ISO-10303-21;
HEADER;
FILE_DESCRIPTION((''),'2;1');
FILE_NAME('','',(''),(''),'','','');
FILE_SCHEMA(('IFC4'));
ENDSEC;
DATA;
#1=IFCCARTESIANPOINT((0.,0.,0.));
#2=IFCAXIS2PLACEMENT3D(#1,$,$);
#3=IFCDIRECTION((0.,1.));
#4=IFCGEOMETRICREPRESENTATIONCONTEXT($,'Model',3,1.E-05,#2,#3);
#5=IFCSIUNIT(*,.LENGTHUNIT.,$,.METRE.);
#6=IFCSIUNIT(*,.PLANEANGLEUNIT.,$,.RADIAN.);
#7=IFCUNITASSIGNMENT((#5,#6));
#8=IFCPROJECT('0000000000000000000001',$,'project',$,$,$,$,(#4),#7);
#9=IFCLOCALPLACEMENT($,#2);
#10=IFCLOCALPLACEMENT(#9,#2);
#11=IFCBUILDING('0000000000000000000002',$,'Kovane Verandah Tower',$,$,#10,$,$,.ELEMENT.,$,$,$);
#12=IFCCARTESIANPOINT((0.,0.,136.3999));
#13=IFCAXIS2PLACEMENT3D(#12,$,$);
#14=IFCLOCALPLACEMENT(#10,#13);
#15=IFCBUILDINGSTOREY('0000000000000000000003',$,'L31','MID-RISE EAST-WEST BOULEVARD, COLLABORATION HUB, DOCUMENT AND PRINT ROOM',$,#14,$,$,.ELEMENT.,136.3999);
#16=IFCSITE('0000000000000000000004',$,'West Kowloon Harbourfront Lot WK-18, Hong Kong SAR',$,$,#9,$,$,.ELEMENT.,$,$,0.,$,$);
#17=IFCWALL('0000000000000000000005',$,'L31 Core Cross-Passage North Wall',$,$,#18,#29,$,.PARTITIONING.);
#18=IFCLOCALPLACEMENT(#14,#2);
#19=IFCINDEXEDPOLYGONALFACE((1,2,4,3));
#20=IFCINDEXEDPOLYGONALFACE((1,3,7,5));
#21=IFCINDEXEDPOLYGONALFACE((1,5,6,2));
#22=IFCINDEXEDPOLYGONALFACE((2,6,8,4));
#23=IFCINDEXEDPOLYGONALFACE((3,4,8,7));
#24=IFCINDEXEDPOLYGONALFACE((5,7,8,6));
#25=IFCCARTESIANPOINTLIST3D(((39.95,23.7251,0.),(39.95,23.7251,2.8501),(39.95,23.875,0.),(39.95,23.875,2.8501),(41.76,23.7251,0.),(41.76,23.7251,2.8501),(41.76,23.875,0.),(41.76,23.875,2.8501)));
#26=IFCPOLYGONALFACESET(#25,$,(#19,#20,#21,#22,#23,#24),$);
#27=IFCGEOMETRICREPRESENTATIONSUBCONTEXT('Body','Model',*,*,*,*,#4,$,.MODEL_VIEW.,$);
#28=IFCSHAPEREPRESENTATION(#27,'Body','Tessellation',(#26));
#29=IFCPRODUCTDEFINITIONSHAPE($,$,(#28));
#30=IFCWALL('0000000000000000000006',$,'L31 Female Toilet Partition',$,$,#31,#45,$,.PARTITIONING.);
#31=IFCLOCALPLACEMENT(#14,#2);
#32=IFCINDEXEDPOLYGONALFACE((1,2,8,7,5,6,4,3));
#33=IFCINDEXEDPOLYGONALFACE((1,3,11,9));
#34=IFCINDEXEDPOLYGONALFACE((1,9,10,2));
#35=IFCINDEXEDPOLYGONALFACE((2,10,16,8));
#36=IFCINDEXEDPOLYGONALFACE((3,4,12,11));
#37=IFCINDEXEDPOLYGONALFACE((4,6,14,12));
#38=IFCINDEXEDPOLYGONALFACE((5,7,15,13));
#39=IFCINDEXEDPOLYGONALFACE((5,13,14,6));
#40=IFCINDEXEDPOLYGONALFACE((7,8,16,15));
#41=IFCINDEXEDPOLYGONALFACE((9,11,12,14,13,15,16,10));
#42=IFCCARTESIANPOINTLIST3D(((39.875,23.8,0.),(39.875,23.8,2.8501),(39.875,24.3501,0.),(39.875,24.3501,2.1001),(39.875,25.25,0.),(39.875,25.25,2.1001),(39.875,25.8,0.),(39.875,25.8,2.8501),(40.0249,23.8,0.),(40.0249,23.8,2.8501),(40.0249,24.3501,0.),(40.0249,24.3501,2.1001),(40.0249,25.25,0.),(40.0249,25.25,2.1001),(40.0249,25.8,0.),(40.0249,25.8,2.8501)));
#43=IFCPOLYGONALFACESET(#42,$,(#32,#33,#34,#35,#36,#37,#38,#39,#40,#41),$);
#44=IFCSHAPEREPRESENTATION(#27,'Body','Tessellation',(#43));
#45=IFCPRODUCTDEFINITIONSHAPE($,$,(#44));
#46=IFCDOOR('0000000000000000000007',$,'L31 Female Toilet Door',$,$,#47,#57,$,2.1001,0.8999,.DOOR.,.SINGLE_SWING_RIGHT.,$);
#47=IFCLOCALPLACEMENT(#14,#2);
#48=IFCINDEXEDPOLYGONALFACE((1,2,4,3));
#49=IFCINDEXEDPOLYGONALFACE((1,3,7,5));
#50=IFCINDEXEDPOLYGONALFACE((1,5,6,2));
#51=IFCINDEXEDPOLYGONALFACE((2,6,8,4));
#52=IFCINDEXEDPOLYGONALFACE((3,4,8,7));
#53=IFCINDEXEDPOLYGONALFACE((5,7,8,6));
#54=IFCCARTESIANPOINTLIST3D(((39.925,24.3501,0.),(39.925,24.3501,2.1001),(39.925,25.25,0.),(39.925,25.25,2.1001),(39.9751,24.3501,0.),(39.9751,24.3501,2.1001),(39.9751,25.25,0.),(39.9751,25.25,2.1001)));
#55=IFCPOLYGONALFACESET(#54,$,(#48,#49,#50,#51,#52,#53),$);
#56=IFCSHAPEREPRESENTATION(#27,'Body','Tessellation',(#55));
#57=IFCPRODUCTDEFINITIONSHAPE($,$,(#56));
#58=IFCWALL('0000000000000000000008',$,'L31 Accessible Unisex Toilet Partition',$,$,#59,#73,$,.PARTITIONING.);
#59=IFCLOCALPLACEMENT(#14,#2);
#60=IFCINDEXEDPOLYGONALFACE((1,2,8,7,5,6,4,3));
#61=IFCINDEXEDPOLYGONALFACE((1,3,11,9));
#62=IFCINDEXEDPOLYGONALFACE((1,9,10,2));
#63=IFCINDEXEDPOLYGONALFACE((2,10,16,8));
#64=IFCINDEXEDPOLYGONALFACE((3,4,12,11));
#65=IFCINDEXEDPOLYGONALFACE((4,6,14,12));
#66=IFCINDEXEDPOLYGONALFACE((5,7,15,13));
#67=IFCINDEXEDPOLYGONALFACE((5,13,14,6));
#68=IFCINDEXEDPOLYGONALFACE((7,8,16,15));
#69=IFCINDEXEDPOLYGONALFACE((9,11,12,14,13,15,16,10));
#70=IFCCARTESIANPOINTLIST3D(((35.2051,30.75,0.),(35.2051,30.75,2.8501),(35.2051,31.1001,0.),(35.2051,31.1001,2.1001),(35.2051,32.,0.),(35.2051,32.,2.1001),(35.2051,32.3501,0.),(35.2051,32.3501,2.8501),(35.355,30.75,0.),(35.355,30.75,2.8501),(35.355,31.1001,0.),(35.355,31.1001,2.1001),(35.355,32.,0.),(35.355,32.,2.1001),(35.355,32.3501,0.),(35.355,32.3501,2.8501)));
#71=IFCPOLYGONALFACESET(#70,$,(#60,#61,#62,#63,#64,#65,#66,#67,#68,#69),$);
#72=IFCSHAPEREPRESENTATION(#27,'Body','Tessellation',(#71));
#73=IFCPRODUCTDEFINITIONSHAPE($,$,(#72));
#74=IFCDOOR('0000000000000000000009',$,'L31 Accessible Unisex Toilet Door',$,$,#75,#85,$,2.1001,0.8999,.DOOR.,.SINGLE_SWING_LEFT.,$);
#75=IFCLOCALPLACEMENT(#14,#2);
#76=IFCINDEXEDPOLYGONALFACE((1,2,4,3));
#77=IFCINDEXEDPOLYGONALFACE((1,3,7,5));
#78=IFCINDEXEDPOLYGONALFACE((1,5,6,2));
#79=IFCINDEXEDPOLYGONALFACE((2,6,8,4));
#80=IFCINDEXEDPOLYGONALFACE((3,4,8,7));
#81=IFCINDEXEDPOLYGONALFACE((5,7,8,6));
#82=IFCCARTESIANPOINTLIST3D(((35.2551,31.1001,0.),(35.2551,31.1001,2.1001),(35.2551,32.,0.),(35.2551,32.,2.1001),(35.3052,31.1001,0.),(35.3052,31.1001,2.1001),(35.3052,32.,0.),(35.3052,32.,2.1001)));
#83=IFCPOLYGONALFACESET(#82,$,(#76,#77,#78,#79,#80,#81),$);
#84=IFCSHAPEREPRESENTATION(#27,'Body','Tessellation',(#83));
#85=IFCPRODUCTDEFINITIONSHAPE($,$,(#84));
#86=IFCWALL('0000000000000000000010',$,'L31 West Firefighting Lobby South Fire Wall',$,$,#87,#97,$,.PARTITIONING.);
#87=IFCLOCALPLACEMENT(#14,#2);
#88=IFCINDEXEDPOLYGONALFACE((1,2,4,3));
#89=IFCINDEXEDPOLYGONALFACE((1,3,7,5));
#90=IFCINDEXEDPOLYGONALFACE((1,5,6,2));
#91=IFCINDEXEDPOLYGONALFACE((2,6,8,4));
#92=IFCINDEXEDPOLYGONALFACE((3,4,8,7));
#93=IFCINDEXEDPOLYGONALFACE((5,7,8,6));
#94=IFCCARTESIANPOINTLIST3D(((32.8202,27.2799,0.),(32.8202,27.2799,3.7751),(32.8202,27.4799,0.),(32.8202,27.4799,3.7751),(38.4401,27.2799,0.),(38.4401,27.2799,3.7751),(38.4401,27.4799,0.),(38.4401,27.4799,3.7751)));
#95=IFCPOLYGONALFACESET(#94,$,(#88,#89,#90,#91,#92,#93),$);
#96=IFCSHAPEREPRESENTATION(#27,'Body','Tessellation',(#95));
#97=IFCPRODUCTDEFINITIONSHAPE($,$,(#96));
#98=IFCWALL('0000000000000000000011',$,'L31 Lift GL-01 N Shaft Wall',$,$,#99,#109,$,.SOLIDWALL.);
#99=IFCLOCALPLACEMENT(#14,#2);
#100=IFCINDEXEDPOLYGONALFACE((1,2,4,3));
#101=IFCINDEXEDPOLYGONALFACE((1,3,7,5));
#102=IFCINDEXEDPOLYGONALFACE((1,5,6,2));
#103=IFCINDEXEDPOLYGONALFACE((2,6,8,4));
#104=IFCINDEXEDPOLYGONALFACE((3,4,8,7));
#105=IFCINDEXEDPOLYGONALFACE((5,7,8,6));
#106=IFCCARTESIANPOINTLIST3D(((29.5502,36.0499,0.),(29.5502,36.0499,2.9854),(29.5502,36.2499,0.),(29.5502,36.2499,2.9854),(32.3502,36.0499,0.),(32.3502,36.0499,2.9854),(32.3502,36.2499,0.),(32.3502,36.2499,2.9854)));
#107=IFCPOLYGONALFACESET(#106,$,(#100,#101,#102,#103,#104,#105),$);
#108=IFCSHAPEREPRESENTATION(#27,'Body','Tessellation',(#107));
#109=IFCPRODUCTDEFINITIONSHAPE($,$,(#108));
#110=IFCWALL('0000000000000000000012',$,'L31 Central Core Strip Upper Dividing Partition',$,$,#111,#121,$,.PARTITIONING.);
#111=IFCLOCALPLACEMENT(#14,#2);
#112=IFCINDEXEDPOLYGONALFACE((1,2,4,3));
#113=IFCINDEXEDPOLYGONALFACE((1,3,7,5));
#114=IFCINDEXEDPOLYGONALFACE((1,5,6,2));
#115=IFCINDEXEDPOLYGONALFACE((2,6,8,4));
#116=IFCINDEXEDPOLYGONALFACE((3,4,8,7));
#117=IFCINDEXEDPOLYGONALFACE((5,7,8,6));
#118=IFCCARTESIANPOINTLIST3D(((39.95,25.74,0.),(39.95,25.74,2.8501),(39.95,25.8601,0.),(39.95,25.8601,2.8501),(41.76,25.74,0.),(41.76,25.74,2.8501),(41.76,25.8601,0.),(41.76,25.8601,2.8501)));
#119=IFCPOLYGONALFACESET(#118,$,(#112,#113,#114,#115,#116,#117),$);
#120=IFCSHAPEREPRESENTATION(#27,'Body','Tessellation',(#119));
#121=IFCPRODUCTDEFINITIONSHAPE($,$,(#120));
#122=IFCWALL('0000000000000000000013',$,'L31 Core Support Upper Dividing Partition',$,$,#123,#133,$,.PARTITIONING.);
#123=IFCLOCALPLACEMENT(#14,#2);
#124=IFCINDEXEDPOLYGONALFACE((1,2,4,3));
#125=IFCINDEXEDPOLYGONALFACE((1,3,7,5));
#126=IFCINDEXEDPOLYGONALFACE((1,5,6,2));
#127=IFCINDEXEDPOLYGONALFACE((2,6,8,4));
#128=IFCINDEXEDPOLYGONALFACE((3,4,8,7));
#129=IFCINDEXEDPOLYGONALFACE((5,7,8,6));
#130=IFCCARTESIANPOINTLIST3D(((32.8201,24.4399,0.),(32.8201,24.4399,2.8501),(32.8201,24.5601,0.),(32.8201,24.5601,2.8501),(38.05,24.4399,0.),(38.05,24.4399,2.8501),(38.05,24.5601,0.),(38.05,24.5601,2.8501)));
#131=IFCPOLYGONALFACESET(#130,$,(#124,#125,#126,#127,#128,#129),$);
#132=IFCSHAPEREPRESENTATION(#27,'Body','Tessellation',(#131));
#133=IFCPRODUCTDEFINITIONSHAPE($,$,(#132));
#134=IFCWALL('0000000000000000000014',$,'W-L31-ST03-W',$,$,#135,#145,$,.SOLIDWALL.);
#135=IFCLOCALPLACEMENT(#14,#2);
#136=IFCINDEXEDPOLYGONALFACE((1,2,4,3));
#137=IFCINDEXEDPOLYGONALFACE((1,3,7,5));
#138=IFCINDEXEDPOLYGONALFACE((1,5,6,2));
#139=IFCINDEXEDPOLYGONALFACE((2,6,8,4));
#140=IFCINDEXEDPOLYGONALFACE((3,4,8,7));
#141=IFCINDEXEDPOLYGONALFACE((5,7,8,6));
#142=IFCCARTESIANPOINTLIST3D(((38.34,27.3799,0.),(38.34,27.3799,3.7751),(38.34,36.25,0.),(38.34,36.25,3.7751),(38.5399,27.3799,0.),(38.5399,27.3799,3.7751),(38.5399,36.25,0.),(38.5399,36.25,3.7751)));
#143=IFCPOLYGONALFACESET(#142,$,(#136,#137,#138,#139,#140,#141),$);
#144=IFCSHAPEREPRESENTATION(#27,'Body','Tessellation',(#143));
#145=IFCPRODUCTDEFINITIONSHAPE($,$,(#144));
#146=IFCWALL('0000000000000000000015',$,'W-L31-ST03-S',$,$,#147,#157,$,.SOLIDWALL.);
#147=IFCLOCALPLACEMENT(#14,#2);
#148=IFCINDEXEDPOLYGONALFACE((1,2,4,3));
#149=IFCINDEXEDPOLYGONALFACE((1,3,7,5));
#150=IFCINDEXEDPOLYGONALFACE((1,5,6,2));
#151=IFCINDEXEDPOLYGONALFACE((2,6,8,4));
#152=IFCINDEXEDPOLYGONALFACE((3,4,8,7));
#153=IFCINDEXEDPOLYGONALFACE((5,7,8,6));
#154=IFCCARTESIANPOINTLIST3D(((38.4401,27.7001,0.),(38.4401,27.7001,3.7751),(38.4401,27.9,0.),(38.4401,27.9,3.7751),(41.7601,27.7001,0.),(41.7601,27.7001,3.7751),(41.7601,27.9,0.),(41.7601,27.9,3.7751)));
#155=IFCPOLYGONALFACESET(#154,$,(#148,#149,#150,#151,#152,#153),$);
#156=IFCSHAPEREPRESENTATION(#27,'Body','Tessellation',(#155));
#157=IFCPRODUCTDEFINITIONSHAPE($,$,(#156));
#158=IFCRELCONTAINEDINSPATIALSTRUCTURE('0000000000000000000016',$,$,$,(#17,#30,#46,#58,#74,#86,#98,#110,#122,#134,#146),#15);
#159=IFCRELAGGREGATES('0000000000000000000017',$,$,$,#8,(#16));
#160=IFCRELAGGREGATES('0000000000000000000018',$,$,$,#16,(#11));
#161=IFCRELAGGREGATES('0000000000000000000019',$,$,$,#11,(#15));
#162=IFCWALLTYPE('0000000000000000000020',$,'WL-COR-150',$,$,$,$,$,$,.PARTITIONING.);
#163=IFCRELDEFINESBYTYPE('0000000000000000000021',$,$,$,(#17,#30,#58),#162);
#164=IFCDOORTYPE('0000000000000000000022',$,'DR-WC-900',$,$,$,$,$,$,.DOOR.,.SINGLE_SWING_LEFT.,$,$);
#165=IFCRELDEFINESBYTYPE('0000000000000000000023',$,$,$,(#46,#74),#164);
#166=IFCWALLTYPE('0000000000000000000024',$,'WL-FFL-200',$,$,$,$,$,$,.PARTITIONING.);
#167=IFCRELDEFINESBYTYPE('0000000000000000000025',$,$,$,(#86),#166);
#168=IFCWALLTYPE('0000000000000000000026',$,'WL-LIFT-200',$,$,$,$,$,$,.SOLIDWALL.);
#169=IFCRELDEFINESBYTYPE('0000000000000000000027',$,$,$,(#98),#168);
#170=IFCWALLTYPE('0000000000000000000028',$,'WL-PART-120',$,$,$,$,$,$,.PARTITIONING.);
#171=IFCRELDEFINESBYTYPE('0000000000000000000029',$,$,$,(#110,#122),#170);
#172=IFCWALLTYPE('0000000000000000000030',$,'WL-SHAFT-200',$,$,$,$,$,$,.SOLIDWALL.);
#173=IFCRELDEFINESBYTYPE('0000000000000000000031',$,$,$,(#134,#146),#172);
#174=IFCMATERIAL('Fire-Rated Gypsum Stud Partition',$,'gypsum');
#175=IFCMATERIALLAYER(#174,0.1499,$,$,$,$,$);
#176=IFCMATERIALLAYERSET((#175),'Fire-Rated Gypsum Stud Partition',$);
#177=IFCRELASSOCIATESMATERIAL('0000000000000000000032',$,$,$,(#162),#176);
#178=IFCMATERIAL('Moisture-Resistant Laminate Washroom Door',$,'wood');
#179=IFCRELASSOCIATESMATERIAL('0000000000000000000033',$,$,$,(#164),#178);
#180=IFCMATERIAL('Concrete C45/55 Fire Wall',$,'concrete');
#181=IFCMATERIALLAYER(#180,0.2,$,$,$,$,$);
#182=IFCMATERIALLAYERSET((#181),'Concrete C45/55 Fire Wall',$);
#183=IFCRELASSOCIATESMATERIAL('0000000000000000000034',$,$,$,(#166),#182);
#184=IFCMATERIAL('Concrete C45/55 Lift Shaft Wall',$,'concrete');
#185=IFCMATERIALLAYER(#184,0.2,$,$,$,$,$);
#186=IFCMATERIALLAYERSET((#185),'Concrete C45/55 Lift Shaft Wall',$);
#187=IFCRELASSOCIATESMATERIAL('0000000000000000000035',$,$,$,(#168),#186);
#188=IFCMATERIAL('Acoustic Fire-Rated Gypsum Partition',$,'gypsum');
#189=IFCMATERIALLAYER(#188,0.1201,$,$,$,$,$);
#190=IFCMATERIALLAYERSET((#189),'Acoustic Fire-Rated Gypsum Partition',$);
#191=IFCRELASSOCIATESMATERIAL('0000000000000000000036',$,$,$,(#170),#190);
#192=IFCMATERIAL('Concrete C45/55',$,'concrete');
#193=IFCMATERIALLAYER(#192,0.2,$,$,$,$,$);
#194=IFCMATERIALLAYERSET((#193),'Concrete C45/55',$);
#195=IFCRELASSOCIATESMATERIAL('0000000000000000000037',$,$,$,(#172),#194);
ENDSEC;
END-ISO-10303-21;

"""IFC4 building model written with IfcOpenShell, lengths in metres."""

from ifc_helpers import new_model, si_unit, direction, frame, frame_2d, origin, place, context, subcontext, project, spatial, rectangle, extrude, material, layer, layer_set, type_object, element, fill, save


model = new_model("IFC4")

# Units and contexts
model_context = context("Model", 3, precision=1e-05, world=origin(), true_north=direction((0.0, 1.0)))
body_context = subcontext(model_context, "Body", "Model", "MODEL_VIEW")
ifc_project = project(units=[si_unit("LENGTHUNIT", "METRE"), si_unit("PLANEANGLEUNIT", "RADIAN")], contexts=[model_context])

# Site, building, storey
site_placement = place(None, origin())
site = spatial("IfcSite", under=ifc_project, at=site_placement, Name="West Kowloon Harbourfront Lot WK-18, Hong Kong SAR", CompositionType="ELEMENT", RefElevation=0.0)
building_placement = place(site_placement, origin())
building = spatial("IfcBuilding", under=site, at=building_placement, Name="Kovane Verandah Tower", CompositionType="ELEMENT")
storey_placement = place(building_placement, frame((0.0, 0.0, 136.3999)))
storey = spatial("IfcBuildingStorey", under=building, at=storey_placement, Name="L31", Description="MID-RISE EAST-WEST BOULEVARD, COLLABORATION HUB, DOCUMENT AND PRINT ROOM", CompositionType="ELEMENT", Elevation=136.3999)

# Wall
ifc_material_1 = material(Name="Fire-Rated Gypsum Stud Partition", Category="gypsum")
ifc_layer_1 = layer(ifc_material_1, 0.1499)
ifc_layer_set_1 = layer_set([ifc_layer_1], Name="Fire-Rated Gypsum Stud Partition")
wall_type_1 = type_object("IfcWallType", Name="WL-COR-150", PredefinedType="PARTITIONING", material=ifc_layer_set_1)
wall_1_placement = place(storey_placement, frame((39.95, 23.8, 0.0), z_axis=(0.0, 0.0, 1.0), x_axis=(1.0, 0.0, 0.0)))
element("IfcWall", 1, at=wall_1_placement, inside=storey, type_object=wall_type_1, Name="L31 Core Cross-Passage North Wall", PredefinedType="PARTITIONING", context=body_context, shape_type="SweptSolid", body=[
    extrude(rectangle(XDim=1.8101, YDim=0.1499, at=frame_2d((0.905, 0.0))), origin(), (0.0, 0.0, 1.0), 2.8501),
])

# Walls, openings, doors
wall_2_placement = place(storey_placement, frame((39.95, 23.8, 0.0), z_axis=(0.0, 0.0, 1.0), x_axis=(0.0, 1.0, 0.0)))
wall_2 = element("IfcWall", 2, at=wall_2_placement, inside=storey, type_object=wall_type_1, Name="L31 Female Toilet Partition", PredefinedType="PARTITIONING", context=body_context, shape_type="SweptSolid", body=[
    extrude(rectangle(XDim=2.0, YDim=0.1499, at=frame_2d((1.0, 0.0))), origin(), (0.0, 0.0, 1.0), 2.8501),
])
opening_1_placement = place(wall_2_placement, frame((0.55, 0.0, 0.0)))
opening_1 = element("IfcOpeningElement", 3, at=opening_1_placement, cuts=wall_2, PredefinedType="OPENING", context=body_context, shape_type="SweptSolid", body=[
    extrude(rectangle(XDim=0.8999, YDim=2.1001, at=frame_2d((0.45, 1.05))), frame((0.0, 0.075, 0.0), z_axis=(0.0, -1.0, 0.0), x_axis=(1.0, 0.0, 0.0)), (0.0, 0.0, 1.0), 0.1499),
])
ifc_material_2 = material(Name="Moisture-Resistant Laminate Washroom Door", Category="wood")
door_type_1 = type_object("IfcDoorType", Name="DR-WC-900", OperationType="SINGLE_SWING_LEFT", PredefinedType="DOOR", material=ifc_material_2)
door_1_placement = place(opening_1_placement, origin())
door_1 = element("IfcDoor", 4, at=door_1_placement, inside=storey, type_object=door_type_1, Name="L31 Female Toilet Door", OperationType="SINGLE_SWING_RIGHT", OverallHeight=2.1001, OverallWidth=0.8999, PredefinedType="DOOR", context=body_context, shape_type="SweptSolid", body=[
    extrude(rectangle(XDim=0.8999, YDim=2.1001, at=frame_2d((0.45, 1.05))), frame((0.0, 0.0249, 0.0), z_axis=(0.0, -1.0, 0.0), x_axis=(1.0, 0.0, 0.0)), (0.0, 0.0, 1.0), 0.05),
])
fill(opening_1, door_1)
wall_3_placement = place(storey_placement, frame((35.28, 30.75, 0.0), z_axis=(0.0, 0.0, 1.0), x_axis=(0.0, 1.0, 0.0)))
wall_3 = element("IfcWall", 5, at=wall_3_placement, inside=storey, type_object=wall_type_1, Name="L31 Accessible Unisex Toilet Partition", PredefinedType="PARTITIONING", context=body_context, shape_type="SweptSolid", body=[
    extrude(rectangle(XDim=1.6001, YDim=0.1499, at=frame_2d((0.8, 0.0))), origin(), (0.0, 0.0, 1.0), 2.8501),
])
opening_2_placement = place(wall_3_placement, frame((0.3501, 0.0, 0.0)))
opening_2 = element("IfcOpeningElement", 6, at=opening_2_placement, cuts=wall_3, PredefinedType="OPENING", context=body_context, shape_type="SweptSolid", body=[
    extrude(rectangle(XDim=0.8999, YDim=2.1001, at=frame_2d((0.45, 1.05))), frame((0.0, 0.075, 0.0), z_axis=(0.0, -1.0, 0.0), x_axis=(1.0, 0.0, 0.0)), (0.0, 0.0, 1.0), 0.1499),
])
door_2_placement = place(opening_2_placement, origin())
door_2 = element("IfcDoor", 7, at=door_2_placement, inside=storey, type_object=door_type_1, Name="L31 Accessible Unisex Toilet Door", OperationType="SINGLE_SWING_LEFT", OverallHeight=2.1001, OverallWidth=0.8999, PredefinedType="DOOR", context=body_context, shape_type="SweptSolid", body=[
    extrude(rectangle(XDim=0.8999, YDim=2.1001, at=frame_2d((0.45, 1.05))), frame((0.0, 0.0249, 0.0), z_axis=(0.0, -1.0, 0.0), x_axis=(1.0, 0.0, 0.0)), (0.0, 0.0, 1.0), 0.05),
])
fill(opening_2, door_2)
ifc_material_3 = material(Name="Concrete C45/55 Fire Wall", Category="concrete")
ifc_layer_2 = layer(ifc_material_3, 0.2)
ifc_layer_set_2 = layer_set([ifc_layer_2], Name="Concrete C45/55 Fire Wall")
wall_type_2 = type_object("IfcWallType", Name="WL-FFL-200", PredefinedType="PARTITIONING", material=ifc_layer_set_2)

# Walls
wall_4_placement = place(storey_placement, frame((32.8201, 27.3799, 0.0), z_axis=(0.0, 0.0, 1.0), x_axis=(1.0, 0.0, 0.0)))
element("IfcWall", 8, at=wall_4_placement, inside=storey, type_object=wall_type_2, Name="L31 West Firefighting Lobby South Fire Wall", PredefinedType="PARTITIONING", context=body_context, shape_type="SweptSolid", body=[
    extrude(rectangle(XDim=5.6199, YDim=0.2, at=frame_2d((2.8101, 0.0))), origin(), (0.0, 0.0, 1.0), 3.7751),
])
ifc_material_4 = material(Name="Concrete C45/55 Lift Shaft Wall", Category="concrete")
ifc_layer_3 = layer(ifc_material_4, 0.2)
ifc_layer_set_3 = layer_set([ifc_layer_3], Name="Concrete C45/55 Lift Shaft Wall")
wall_type_3 = type_object("IfcWallType", Name="WL-LIFT-200", PredefinedType="SOLIDWALL", material=ifc_layer_set_3)
wall_5_placement = place(storey_placement, frame((32.3501, 36.1499, 0.0), z_axis=(0.0, 0.0, 1.0), x_axis=(-1.0, 0.0, 0.0)))
element("IfcWall", 9, at=wall_5_placement, inside=storey, type_object=wall_type_3, Name="L31 Lift GL-01 N Shaft Wall", PredefinedType="SOLIDWALL", context=body_context, shape_type="SweptSolid", body=[
    extrude(rectangle(XDim=2.8, YDim=0.2, at=frame_2d((1.3999, 0.0))), origin(), (0.0, 0.0, 1.0), 2.9854),
])

# Walls
ifc_material_5 = material(Name="Acoustic Fire-Rated Gypsum Partition", Category="gypsum")
ifc_layer_4 = layer(ifc_material_5, 0.1201)
ifc_layer_set_4 = layer_set([ifc_layer_4], Name="Acoustic Fire-Rated Gypsum Partition")
wall_type_4 = type_object("IfcWallType", Name="WL-PART-120", PredefinedType="PARTITIONING", material=ifc_layer_set_4)
wall_6_placement = place(storey_placement, frame((39.95, 25.8, 0.0), z_axis=(0.0, 0.0, 1.0), x_axis=(1.0, 0.0, 0.0)))
element("IfcWall", 10, at=wall_6_placement, inside=storey, type_object=wall_type_4, Name="L31 Central Core Strip Upper Dividing Partition", PredefinedType="PARTITIONING", context=body_context, shape_type="SweptSolid", body=[
    extrude(rectangle(XDim=1.8101, YDim=0.1201, at=frame_2d((0.905, 0.0))), origin(), (0.0, 0.0, 1.0), 2.8501),
])
wall_7_placement = place(storey_placement, frame((32.8201, 24.5, 0.0), z_axis=(0.0, 0.0, 1.0), x_axis=(1.0, 0.0, 0.0)))
element("IfcWall", 11, at=wall_7_placement, inside=storey, type_object=wall_type_4, Name="L31 Core Support Upper Dividing Partition", PredefinedType="PARTITIONING", context=body_context, shape_type="SweptSolid", body=[
    extrude(rectangle(XDim=5.23, YDim=0.1201, at=frame_2d((2.615, 0.0))), origin(), (0.0, 0.0, 1.0), 2.8501),
])
ifc_material_6 = material(Name="Concrete C45/55", Category="concrete")
ifc_layer_5 = layer(ifc_material_6, 0.2)
ifc_layer_set_5 = layer_set([ifc_layer_5], Name="Concrete C45/55")
wall_type_5 = type_object("IfcWallType", Name="WL-SHAFT-200", PredefinedType="SOLIDWALL", material=ifc_layer_set_5)
wall_8_placement = place(storey_placement, frame((38.4399, 27.3799, 0.0), z_axis=(0.0, 0.0, 1.0), x_axis=(0.0, 1.0, 0.0)))
element("IfcWall", 12, at=wall_8_placement, inside=storey, type_object=wall_type_5, Name="W-L31-ST03-W", PredefinedType="SOLIDWALL", context=body_context, shape_type="SweptSolid", body=[
    extrude(rectangle(XDim=8.8701, YDim=0.2, at=frame_2d((4.4351, 0.0))), origin(), (0.0, 0.0, 1.0), 3.7751),
])
wall_9_placement = place(storey_placement, frame((38.4399, 27.8, 0.0), z_axis=(0.0, 0.0, 1.0), x_axis=(1.0, 0.0, 0.0)))
element("IfcWall", 13, at=wall_9_placement, inside=storey, type_object=wall_type_5, Name="W-L31-ST03-S", PredefinedType="SOLIDWALL", context=body_context, shape_type="SweptSolid", body=[
    extrude(rectangle(XDim=3.3201, YDim=0.2, at=frame_2d((1.6602, 0.0))), origin(), (0.0, 0.0, 1.0), 3.7751),
])

save(model, "model.ifc")
